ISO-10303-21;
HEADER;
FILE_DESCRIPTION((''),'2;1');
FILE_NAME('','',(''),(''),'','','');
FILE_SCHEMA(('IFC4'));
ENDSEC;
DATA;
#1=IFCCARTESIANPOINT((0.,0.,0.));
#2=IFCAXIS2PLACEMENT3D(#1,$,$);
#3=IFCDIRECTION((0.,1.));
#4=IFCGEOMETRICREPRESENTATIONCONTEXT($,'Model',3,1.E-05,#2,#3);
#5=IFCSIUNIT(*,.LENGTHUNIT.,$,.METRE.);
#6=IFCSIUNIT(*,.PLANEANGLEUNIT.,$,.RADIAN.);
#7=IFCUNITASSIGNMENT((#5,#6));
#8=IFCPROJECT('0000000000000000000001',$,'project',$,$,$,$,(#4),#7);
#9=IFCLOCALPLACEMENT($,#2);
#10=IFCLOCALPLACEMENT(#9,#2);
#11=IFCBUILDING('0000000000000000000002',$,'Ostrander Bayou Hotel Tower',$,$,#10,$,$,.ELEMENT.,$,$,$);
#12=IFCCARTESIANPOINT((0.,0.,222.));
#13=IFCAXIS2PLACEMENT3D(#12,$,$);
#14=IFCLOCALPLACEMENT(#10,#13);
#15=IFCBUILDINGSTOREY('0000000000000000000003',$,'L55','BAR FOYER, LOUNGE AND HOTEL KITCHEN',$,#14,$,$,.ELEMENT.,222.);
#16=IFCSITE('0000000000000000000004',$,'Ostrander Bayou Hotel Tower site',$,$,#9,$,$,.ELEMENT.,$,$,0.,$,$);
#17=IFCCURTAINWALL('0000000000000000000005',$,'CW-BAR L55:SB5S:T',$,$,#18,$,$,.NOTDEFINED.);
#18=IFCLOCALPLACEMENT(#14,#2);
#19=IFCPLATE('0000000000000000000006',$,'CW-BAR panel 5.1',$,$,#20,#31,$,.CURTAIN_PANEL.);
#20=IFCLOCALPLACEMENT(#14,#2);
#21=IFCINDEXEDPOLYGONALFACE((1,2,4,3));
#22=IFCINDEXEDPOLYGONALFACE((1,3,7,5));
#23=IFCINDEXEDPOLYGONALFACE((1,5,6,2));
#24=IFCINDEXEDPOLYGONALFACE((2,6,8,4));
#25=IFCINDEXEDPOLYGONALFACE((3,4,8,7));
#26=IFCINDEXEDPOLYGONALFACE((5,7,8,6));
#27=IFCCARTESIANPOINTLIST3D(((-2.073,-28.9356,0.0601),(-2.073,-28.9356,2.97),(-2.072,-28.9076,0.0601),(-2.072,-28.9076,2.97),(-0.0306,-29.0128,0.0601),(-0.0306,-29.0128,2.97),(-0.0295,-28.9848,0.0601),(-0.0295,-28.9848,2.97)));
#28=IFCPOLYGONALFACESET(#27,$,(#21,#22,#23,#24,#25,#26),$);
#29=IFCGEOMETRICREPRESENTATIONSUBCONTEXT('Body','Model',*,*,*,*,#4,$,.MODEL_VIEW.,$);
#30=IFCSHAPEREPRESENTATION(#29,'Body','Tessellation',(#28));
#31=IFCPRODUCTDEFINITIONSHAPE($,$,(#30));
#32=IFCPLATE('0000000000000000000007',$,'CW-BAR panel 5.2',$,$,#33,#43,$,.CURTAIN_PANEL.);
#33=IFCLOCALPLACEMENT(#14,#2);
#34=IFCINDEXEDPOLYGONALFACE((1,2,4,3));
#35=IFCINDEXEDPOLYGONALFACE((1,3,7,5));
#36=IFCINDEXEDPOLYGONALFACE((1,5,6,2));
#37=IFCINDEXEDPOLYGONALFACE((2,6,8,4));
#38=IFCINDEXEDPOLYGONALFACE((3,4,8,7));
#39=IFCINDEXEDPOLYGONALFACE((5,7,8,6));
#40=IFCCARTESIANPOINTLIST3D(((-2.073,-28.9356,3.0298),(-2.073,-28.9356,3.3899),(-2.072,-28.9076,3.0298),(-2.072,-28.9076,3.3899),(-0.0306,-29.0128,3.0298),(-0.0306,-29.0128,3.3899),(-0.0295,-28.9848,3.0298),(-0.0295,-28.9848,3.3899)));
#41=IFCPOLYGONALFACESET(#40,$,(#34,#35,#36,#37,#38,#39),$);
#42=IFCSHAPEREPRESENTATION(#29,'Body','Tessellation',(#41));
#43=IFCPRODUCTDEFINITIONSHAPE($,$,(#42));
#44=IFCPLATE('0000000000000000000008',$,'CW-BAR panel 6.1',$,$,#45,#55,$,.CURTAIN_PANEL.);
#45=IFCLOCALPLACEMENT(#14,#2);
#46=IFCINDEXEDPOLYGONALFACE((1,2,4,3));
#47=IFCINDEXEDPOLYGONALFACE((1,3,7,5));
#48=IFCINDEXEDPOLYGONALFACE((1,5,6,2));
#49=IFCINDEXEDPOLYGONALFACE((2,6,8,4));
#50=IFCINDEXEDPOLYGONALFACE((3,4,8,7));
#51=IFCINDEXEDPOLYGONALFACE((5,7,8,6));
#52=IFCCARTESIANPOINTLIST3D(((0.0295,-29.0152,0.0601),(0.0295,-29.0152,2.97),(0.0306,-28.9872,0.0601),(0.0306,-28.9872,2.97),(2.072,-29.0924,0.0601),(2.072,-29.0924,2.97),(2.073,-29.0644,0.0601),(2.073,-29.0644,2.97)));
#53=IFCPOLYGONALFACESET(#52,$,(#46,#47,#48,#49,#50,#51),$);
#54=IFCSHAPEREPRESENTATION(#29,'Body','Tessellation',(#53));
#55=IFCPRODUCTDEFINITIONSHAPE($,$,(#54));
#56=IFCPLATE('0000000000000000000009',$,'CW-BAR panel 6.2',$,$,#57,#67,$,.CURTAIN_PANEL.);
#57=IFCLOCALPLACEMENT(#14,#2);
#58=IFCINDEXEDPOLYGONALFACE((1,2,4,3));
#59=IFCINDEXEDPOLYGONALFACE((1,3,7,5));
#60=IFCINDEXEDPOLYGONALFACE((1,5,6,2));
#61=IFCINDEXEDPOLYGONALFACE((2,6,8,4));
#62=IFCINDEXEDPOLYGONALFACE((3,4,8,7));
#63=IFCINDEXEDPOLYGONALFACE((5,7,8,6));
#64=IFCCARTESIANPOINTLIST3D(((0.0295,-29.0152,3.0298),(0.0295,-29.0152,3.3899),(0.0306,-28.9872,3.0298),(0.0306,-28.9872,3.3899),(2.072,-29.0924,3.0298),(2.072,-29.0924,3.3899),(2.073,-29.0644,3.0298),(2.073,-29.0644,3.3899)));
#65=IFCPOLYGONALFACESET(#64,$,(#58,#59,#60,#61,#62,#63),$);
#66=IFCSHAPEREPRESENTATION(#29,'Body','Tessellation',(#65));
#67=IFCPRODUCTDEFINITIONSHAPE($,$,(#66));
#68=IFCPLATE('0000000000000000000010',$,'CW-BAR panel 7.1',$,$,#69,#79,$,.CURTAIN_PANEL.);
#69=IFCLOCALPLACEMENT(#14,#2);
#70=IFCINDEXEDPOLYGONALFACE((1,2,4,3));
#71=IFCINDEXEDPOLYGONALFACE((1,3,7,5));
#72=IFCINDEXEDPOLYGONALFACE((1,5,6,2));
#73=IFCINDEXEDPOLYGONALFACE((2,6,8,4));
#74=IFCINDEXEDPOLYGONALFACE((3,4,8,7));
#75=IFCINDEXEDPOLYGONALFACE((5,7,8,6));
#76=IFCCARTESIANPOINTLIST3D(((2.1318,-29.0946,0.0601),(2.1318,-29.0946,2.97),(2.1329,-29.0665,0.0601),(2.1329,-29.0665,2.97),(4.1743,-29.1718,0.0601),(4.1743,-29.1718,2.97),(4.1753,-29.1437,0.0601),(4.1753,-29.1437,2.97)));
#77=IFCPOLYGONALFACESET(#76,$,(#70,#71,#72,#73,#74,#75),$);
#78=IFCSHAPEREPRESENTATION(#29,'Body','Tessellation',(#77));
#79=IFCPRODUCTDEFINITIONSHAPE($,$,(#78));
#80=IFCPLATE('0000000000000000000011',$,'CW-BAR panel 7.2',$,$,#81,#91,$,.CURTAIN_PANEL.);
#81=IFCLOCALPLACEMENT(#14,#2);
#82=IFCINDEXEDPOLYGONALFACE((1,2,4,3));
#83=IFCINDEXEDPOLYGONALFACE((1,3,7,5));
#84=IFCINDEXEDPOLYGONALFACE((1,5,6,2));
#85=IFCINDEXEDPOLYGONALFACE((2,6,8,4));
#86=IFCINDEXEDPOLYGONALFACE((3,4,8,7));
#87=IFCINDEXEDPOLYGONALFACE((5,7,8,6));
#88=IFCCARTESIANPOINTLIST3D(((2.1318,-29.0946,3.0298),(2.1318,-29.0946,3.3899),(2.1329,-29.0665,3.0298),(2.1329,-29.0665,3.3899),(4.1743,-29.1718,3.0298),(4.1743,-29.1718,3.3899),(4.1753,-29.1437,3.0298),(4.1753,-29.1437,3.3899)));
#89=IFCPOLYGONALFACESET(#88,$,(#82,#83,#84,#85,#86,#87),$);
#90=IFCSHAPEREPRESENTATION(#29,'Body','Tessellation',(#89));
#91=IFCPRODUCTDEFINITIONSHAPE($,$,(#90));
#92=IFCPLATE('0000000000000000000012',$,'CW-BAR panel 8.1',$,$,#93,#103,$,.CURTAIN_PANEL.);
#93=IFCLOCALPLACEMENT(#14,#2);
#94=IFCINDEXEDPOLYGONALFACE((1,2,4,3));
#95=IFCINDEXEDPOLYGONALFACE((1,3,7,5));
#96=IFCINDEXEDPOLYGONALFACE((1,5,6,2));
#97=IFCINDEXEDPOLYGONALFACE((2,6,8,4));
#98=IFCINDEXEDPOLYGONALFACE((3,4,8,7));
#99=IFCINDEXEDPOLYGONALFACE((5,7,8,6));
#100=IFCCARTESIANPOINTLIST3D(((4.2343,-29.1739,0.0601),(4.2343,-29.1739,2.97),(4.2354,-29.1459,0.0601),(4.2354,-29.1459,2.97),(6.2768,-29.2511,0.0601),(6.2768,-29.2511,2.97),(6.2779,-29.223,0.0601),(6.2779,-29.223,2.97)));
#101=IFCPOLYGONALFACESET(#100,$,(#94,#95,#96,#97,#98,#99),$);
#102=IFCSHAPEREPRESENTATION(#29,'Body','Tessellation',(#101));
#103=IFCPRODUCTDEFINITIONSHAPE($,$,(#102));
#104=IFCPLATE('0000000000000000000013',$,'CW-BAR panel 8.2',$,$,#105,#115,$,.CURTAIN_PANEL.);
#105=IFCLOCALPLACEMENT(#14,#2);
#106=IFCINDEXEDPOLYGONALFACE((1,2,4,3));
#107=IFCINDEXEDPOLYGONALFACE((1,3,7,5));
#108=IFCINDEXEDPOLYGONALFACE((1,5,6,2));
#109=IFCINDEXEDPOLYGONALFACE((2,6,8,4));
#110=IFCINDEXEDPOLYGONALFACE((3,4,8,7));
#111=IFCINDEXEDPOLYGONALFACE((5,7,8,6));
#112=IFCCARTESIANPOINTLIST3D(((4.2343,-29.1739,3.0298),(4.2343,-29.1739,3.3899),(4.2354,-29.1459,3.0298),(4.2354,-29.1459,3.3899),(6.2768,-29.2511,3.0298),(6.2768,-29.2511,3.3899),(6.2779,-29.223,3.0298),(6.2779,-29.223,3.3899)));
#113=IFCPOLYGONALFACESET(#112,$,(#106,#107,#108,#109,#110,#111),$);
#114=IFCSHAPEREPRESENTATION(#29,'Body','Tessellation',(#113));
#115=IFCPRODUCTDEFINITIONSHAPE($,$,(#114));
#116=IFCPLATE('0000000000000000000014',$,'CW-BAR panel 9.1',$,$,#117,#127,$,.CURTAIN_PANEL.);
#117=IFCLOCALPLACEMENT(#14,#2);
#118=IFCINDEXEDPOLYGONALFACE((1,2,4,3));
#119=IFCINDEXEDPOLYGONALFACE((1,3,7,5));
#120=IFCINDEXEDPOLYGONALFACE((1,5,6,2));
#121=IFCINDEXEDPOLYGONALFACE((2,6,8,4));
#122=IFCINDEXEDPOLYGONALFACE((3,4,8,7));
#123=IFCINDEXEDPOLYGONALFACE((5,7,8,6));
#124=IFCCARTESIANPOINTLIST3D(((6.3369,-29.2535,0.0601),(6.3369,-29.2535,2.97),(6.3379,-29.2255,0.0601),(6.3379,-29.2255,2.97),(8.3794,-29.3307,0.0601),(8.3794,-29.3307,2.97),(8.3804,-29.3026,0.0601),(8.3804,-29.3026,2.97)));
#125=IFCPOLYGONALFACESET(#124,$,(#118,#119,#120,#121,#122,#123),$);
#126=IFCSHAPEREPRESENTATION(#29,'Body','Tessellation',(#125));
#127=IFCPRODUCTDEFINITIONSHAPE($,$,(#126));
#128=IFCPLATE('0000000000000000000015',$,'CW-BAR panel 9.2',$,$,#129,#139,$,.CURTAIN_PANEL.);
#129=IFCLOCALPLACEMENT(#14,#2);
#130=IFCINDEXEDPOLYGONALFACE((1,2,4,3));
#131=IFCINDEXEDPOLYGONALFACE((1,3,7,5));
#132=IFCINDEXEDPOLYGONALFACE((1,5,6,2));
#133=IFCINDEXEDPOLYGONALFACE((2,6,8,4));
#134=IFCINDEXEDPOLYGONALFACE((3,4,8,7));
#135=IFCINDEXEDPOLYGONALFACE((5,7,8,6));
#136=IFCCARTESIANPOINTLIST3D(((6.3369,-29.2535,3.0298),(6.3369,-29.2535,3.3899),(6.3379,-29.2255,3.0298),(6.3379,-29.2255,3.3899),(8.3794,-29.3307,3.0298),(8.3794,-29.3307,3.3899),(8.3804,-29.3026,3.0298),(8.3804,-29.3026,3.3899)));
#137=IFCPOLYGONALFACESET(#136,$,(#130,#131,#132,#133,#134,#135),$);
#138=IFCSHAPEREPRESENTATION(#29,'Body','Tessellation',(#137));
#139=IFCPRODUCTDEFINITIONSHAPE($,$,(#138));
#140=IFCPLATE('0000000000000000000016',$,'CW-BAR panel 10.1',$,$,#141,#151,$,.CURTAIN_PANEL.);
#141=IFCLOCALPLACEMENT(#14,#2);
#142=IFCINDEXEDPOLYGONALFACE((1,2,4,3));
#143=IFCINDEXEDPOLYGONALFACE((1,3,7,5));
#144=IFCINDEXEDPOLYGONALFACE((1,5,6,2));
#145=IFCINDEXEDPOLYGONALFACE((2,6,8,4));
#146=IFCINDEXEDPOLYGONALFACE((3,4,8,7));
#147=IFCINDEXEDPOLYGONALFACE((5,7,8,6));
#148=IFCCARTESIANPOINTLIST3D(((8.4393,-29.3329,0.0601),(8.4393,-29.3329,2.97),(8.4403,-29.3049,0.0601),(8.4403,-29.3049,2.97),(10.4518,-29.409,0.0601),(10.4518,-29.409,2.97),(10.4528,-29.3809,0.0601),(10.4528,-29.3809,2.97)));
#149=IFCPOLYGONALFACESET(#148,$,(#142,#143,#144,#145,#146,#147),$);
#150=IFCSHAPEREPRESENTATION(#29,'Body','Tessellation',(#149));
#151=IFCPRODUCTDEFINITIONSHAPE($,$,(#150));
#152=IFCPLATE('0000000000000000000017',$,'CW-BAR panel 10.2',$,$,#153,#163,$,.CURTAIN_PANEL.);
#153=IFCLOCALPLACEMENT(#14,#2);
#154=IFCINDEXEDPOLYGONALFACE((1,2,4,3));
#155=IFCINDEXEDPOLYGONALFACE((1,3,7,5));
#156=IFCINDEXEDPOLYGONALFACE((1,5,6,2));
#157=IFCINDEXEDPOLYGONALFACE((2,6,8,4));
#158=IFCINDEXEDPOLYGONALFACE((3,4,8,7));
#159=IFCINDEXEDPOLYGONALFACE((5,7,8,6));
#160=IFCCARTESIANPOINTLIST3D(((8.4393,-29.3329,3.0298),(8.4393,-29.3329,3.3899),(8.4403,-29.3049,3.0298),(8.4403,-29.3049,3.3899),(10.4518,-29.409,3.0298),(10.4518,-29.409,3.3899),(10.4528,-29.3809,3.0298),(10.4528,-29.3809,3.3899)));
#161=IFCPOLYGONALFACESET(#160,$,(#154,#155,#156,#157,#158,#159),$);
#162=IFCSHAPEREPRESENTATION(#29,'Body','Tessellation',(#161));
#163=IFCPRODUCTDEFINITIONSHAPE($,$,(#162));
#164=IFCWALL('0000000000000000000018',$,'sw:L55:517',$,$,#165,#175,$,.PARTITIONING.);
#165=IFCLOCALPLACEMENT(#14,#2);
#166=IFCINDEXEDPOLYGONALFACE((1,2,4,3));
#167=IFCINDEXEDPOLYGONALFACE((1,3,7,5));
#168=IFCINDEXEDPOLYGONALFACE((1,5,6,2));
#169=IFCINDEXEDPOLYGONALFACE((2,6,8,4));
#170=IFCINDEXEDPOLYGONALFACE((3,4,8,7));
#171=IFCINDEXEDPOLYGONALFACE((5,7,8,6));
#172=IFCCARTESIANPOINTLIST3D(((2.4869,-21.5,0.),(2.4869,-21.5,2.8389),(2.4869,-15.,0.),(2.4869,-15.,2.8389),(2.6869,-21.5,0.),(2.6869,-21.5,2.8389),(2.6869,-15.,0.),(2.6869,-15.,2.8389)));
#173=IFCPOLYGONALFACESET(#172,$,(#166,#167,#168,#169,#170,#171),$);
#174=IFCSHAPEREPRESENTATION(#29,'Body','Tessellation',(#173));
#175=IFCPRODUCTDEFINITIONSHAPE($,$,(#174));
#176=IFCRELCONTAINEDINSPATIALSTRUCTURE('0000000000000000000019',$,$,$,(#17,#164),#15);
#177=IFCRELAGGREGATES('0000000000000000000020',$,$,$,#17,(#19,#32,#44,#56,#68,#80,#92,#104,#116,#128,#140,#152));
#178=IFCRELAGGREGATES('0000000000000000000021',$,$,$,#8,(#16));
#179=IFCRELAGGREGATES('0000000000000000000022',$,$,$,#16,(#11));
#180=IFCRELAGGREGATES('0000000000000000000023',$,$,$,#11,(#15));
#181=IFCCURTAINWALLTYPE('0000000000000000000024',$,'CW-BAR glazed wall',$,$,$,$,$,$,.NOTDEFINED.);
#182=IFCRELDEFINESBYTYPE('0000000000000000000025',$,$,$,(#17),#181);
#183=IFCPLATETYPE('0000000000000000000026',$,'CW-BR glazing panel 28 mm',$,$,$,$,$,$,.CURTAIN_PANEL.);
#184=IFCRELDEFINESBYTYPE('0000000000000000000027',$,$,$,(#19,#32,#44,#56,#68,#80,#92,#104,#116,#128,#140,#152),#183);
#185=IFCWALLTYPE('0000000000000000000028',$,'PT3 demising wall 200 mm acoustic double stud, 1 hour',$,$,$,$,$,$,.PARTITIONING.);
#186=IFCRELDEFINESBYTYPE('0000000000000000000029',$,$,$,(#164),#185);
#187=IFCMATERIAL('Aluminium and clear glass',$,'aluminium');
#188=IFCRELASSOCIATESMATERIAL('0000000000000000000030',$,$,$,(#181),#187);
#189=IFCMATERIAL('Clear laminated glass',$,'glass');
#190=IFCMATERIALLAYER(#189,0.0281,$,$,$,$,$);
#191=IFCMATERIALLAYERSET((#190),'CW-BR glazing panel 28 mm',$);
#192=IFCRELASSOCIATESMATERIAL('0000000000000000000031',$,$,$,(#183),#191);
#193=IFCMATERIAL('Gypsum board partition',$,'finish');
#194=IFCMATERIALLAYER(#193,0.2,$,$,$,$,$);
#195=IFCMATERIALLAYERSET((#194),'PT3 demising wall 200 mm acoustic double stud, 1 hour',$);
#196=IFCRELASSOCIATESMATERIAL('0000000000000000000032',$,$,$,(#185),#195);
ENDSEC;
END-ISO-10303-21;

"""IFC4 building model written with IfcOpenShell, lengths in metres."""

from ifc_helpers import new_model, si_unit, direction, frame, frame_2d, origin, origin_2d, place, context, subcontext, project, spatial, rectangle, extrude, material, layer, layer_set, type_object, element, aggregate, save


model = new_model("IFC4")

# Units and contexts
model_context = context("Model", 3, precision=1e-05, world=origin(), true_north=direction((0.0, 1.0)))
body_context = subcontext(model_context, "Body", "Model", "MODEL_VIEW")
ifc_project = project(units=[si_unit("LENGTHUNIT", "METRE"), si_unit("PLANEANGLEUNIT", "RADIAN")], contexts=[model_context])

# Site, building, storey
site_placement = place(None, origin())
site = spatial("IfcSite", under=ifc_project, at=site_placement, Name="Ostrander Bayou Hotel Tower site", CompositionType="ELEMENT", RefElevation=0.0)
building_placement = place(site_placement, origin())
building = spatial("IfcBuilding", under=site, at=building_placement, Name="Ostrander Bayou Hotel Tower", CompositionType="ELEMENT")
storey_placement = place(building_placement, frame((0.0, 0.0, 222.0)))
storey = spatial("IfcBuildingStorey", under=building, at=storey_placement, Name="L55", Description="BAR FOYER, LOUNGE AND HOTEL KITCHEN", CompositionType="ELEMENT", Elevation=222.0)

# Curtain wall
ifc_material_1 = material(Name="Aluminium and clear glass", Category="aluminium")
curtain_wall_type = type_object("IfcCurtainWallType", Name="CW-BAR glazed wall", PredefinedType="NOTDEFINED", material=ifc_material_1)
curtain_wall_1_placement = place(storey_placement, origin())
curtain_wall_1 = element("IfcCurtainWall", 1, at=curtain_wall_1_placement, inside=storey, type_object=curtain_wall_type, Name="CW-BAR L55:SB5S:T", PredefinedType="NOTDEFINED")

# Plates
ifc_material_2 = material(Name="Clear laminated glass", Category="glass")
ifc_layer_1 = layer(ifc_material_2, 0.0281)
ifc_layer_set_1 = layer_set([ifc_layer_1], Name="CW-BR glazing panel 28 mm")
plate_type = type_object("IfcPlateType", Name="CW-BR glazing panel 28 mm", PredefinedType="CURTAIN_PANEL", material=ifc_layer_set_1)
plate_1_placement = place(storey_placement, frame((-1.0513, -28.9602, 0.0601), z_axis=(0.0, 0.0, 1.0), x_axis=(0.999287, -0.037758, 0.0)))
plate_1 = element("IfcPlate", 2, at=plate_1_placement, type_object=plate_type, Name="CW-BAR panel 5.1", PredefinedType="CURTAIN_PANEL", context=body_context, shape_type="SweptSolid", body=[
    extrude(rectangle(XDim=2.0439, YDim=0.0281, at=origin_2d()), origin(), (0.0, 0.0, 1.0), 2.9099),
])
plate_2_placement = place(storey_placement, frame((-1.0513, -28.9602, 3.0298), z_axis=(0.0, 0.0, 1.0), x_axis=(0.999287, -0.037758, 0.0)))
plate_2 = element("IfcPlate", 3, at=plate_2_placement, type_object=plate_type, Name="CW-BAR panel 5.2", PredefinedType="CURTAIN_PANEL", context=body_context, shape_type="SweptSolid", body=[
    extrude(rectangle(XDim=2.0439, YDim=0.0281, at=origin_2d()), origin(), (0.0, 0.0, 1.0), 0.3601),
])
plate_3_placement = place(storey_placement, frame((1.0513, -29.0398, 0.0601), z_axis=(0.0, 0.0, 1.0), x_axis=(0.999287, -0.037758, 0.0)))
plate_3 = element("IfcPlate", 4, at=plate_3_placement, type_object=plate_type, Name="CW-BAR panel 6.1", PredefinedType="CURTAIN_PANEL", context=body_context, shape_type="SweptSolid", body=[
    extrude(rectangle(XDim=2.0439, YDim=0.0281, at=origin_2d()), origin(), (0.0, 0.0, 1.0), 2.9099),
])
plate_4_placement = place(storey_placement, frame((1.0513, -29.0398, 3.0298), z_axis=(0.0, 0.0, 1.0), x_axis=(0.999287, -0.037758, 0.0)))
plate_4 = element("IfcPlate", 5, at=plate_4_placement, type_object=plate_type, Name="CW-BAR panel 6.2", PredefinedType="CURTAIN_PANEL", context=body_context, shape_type="SweptSolid", body=[
    extrude(rectangle(XDim=2.0439, YDim=0.0281, at=origin_2d()), origin(), (0.0, 0.0, 1.0), 0.3601),
])
plate_5_placement = place(storey_placement, frame((3.1536, -29.1191, 0.0601), z_axis=(0.0, 0.0, 1.0), x_axis=(0.999287, -0.037758, 0.0)))
plate_5 = element("IfcPlate", 6, at=plate_5_placement, type_object=plate_type, Name="CW-BAR panel 7.1", PredefinedType="CURTAIN_PANEL", context=body_context, shape_type="SweptSolid", body=[
    extrude(rectangle(XDim=2.0439, YDim=0.0281, at=origin_2d()), origin(), (0.0, 0.0, 1.0), 2.9099),
])
plate_6_placement = place(storey_placement, frame((3.1536, -29.1191, 3.0298), z_axis=(0.0, 0.0, 1.0), x_axis=(0.999287, -0.037758, 0.0)))
plate_6 = element("IfcPlate", 7, at=plate_6_placement, type_object=plate_type, Name="CW-BAR panel 7.2", PredefinedType="CURTAIN_PANEL", context=body_context, shape_type="SweptSolid", body=[
    extrude(rectangle(XDim=2.0439, YDim=0.0281, at=origin_2d()), origin(), (0.0, 0.0, 1.0), 0.3601),
])
plate_7_placement = place(storey_placement, frame((5.2561, -29.1985, 0.0601), z_axis=(0.0, 0.0, 1.0), x_axis=(0.999287, -0.037758, 0.0)))
plate_7 = element("IfcPlate", 8, at=plate_7_placement, type_object=plate_type, Name="CW-BAR panel 8.1", PredefinedType="CURTAIN_PANEL", context=body_context, shape_type="SweptSolid", body=[
    extrude(rectangle(XDim=2.0439, YDim=0.0281, at=origin_2d()), origin(), (0.0, 0.0, 1.0), 2.9099),
])
plate_8_placement = place(storey_placement, frame((5.2561, -29.1985, 3.0298), z_axis=(0.0, 0.0, 1.0), x_axis=(0.999287, -0.037758, 0.0)))
plate_8 = element("IfcPlate", 9, at=plate_8_placement, type_object=plate_type, Name="CW-BAR panel 8.2", PredefinedType="CURTAIN_PANEL", context=body_context, shape_type="SweptSolid", body=[
    extrude(rectangle(XDim=2.0439, YDim=0.0281, at=origin_2d()), origin(), (0.0, 0.0, 1.0), 0.3601),
])
plate_9_placement = place(storey_placement, frame((7.3586, -29.2781, 0.0601), z_axis=(0.0, 0.0, 1.0), x_axis=(0.999287, -0.037758, 0.0)))
plate_9 = element("IfcPlate", 10, at=plate_9_placement, type_object=plate_type, Name="CW-BAR panel 9.1", PredefinedType="CURTAIN_PANEL", context=body_context, shape_type="SweptSolid", body=[
    extrude(rectangle(XDim=2.0439, YDim=0.0281, at=origin_2d()), origin(), (0.0, 0.0, 1.0), 2.9099),
])
plate_10_placement = place(storey_placement, frame((7.3586, -29.2781, 3.0298), z_axis=(0.0, 0.0, 1.0), x_axis=(0.999287, -0.037758, 0.0)))
plate_10 = element("IfcPlate", 11, at=plate_10_placement, type_object=plate_type, Name="CW-BAR panel 9.2", PredefinedType="CURTAIN_PANEL", context=body_context, shape_type="SweptSolid", body=[
    extrude(rectangle(XDim=2.0439, YDim=0.0281, at=origin_2d()), origin(), (0.0, 0.0, 1.0), 0.3601),
])
plate_11_placement = place(storey_placement, frame((9.446, -29.3569, 0.0601), z_axis=(0.0, 0.0, 1.0), x_axis=(0.999287, -0.037758, 0.0)))
plate_11 = element("IfcPlate", 12, at=plate_11_placement, type_object=plate_type, Name="CW-BAR panel 10.1", PredefinedType="CURTAIN_PANEL", context=body_context, shape_type="SweptSolid", body=[
    extrude(rectangle(XDim=2.0139, YDim=0.0281, at=origin_2d()), origin(), (0.0, 0.0, 1.0), 2.9099),
])
plate_12_placement = place(storey_placement, frame((9.446, -29.3569, 3.0298), z_axis=(0.0, 0.0, 1.0), x_axis=(0.999287, -0.037758, 0.0)))
plate_12 = element("IfcPlate", 13, at=plate_12_placement, type_object=plate_type, Name="CW-BAR panel 10.2", PredefinedType="CURTAIN_PANEL", context=body_context, shape_type="SweptSolid", body=[
    extrude(rectangle(XDim=2.0139, YDim=0.0281, at=origin_2d()), origin(), (0.0, 0.0, 1.0), 0.3601),
])
aggregate(curtain_wall_1, [plate_1, plate_2, plate_3, plate_4, plate_5, plate_6, plate_7, plate_8, plate_9, plate_10, plate_11, plate_12])

# Wall
ifc_material_3 = material(Name="Gypsum board partition", Category="finish")
ifc_layer_2 = layer(ifc_material_3, 0.2)
ifc_layer_set_2 = layer_set([ifc_layer_2], Name="PT3 demising wall 200 mm acoustic double stud, 1 hour")
wall_type = type_object("IfcWallType", Name="PT3 demising wall 200 mm acoustic double stud, 1 hour", PredefinedType="PARTITIONING", material=ifc_layer_set_2)
wall_placement = place(storey_placement, frame((2.5869, -21.5, 0.0), z_axis=(0.0, 0.0, 1.0), x_axis=(0.0, 1.0, 0.0)))
element("IfcWall", 14, at=wall_placement, inside=storey, type_object=wall_type, Name="sw:L55:517", PredefinedType="PARTITIONING", context=body_context, shape_type="SweptSolid", body=[
    extrude(rectangle(XDim=6.5, YDim=0.2, at=frame_2d((3.25, 0.0))), origin(), (0.0, 0.0, 1.0), 2.8389),
])

save(model, "model.ifc")
